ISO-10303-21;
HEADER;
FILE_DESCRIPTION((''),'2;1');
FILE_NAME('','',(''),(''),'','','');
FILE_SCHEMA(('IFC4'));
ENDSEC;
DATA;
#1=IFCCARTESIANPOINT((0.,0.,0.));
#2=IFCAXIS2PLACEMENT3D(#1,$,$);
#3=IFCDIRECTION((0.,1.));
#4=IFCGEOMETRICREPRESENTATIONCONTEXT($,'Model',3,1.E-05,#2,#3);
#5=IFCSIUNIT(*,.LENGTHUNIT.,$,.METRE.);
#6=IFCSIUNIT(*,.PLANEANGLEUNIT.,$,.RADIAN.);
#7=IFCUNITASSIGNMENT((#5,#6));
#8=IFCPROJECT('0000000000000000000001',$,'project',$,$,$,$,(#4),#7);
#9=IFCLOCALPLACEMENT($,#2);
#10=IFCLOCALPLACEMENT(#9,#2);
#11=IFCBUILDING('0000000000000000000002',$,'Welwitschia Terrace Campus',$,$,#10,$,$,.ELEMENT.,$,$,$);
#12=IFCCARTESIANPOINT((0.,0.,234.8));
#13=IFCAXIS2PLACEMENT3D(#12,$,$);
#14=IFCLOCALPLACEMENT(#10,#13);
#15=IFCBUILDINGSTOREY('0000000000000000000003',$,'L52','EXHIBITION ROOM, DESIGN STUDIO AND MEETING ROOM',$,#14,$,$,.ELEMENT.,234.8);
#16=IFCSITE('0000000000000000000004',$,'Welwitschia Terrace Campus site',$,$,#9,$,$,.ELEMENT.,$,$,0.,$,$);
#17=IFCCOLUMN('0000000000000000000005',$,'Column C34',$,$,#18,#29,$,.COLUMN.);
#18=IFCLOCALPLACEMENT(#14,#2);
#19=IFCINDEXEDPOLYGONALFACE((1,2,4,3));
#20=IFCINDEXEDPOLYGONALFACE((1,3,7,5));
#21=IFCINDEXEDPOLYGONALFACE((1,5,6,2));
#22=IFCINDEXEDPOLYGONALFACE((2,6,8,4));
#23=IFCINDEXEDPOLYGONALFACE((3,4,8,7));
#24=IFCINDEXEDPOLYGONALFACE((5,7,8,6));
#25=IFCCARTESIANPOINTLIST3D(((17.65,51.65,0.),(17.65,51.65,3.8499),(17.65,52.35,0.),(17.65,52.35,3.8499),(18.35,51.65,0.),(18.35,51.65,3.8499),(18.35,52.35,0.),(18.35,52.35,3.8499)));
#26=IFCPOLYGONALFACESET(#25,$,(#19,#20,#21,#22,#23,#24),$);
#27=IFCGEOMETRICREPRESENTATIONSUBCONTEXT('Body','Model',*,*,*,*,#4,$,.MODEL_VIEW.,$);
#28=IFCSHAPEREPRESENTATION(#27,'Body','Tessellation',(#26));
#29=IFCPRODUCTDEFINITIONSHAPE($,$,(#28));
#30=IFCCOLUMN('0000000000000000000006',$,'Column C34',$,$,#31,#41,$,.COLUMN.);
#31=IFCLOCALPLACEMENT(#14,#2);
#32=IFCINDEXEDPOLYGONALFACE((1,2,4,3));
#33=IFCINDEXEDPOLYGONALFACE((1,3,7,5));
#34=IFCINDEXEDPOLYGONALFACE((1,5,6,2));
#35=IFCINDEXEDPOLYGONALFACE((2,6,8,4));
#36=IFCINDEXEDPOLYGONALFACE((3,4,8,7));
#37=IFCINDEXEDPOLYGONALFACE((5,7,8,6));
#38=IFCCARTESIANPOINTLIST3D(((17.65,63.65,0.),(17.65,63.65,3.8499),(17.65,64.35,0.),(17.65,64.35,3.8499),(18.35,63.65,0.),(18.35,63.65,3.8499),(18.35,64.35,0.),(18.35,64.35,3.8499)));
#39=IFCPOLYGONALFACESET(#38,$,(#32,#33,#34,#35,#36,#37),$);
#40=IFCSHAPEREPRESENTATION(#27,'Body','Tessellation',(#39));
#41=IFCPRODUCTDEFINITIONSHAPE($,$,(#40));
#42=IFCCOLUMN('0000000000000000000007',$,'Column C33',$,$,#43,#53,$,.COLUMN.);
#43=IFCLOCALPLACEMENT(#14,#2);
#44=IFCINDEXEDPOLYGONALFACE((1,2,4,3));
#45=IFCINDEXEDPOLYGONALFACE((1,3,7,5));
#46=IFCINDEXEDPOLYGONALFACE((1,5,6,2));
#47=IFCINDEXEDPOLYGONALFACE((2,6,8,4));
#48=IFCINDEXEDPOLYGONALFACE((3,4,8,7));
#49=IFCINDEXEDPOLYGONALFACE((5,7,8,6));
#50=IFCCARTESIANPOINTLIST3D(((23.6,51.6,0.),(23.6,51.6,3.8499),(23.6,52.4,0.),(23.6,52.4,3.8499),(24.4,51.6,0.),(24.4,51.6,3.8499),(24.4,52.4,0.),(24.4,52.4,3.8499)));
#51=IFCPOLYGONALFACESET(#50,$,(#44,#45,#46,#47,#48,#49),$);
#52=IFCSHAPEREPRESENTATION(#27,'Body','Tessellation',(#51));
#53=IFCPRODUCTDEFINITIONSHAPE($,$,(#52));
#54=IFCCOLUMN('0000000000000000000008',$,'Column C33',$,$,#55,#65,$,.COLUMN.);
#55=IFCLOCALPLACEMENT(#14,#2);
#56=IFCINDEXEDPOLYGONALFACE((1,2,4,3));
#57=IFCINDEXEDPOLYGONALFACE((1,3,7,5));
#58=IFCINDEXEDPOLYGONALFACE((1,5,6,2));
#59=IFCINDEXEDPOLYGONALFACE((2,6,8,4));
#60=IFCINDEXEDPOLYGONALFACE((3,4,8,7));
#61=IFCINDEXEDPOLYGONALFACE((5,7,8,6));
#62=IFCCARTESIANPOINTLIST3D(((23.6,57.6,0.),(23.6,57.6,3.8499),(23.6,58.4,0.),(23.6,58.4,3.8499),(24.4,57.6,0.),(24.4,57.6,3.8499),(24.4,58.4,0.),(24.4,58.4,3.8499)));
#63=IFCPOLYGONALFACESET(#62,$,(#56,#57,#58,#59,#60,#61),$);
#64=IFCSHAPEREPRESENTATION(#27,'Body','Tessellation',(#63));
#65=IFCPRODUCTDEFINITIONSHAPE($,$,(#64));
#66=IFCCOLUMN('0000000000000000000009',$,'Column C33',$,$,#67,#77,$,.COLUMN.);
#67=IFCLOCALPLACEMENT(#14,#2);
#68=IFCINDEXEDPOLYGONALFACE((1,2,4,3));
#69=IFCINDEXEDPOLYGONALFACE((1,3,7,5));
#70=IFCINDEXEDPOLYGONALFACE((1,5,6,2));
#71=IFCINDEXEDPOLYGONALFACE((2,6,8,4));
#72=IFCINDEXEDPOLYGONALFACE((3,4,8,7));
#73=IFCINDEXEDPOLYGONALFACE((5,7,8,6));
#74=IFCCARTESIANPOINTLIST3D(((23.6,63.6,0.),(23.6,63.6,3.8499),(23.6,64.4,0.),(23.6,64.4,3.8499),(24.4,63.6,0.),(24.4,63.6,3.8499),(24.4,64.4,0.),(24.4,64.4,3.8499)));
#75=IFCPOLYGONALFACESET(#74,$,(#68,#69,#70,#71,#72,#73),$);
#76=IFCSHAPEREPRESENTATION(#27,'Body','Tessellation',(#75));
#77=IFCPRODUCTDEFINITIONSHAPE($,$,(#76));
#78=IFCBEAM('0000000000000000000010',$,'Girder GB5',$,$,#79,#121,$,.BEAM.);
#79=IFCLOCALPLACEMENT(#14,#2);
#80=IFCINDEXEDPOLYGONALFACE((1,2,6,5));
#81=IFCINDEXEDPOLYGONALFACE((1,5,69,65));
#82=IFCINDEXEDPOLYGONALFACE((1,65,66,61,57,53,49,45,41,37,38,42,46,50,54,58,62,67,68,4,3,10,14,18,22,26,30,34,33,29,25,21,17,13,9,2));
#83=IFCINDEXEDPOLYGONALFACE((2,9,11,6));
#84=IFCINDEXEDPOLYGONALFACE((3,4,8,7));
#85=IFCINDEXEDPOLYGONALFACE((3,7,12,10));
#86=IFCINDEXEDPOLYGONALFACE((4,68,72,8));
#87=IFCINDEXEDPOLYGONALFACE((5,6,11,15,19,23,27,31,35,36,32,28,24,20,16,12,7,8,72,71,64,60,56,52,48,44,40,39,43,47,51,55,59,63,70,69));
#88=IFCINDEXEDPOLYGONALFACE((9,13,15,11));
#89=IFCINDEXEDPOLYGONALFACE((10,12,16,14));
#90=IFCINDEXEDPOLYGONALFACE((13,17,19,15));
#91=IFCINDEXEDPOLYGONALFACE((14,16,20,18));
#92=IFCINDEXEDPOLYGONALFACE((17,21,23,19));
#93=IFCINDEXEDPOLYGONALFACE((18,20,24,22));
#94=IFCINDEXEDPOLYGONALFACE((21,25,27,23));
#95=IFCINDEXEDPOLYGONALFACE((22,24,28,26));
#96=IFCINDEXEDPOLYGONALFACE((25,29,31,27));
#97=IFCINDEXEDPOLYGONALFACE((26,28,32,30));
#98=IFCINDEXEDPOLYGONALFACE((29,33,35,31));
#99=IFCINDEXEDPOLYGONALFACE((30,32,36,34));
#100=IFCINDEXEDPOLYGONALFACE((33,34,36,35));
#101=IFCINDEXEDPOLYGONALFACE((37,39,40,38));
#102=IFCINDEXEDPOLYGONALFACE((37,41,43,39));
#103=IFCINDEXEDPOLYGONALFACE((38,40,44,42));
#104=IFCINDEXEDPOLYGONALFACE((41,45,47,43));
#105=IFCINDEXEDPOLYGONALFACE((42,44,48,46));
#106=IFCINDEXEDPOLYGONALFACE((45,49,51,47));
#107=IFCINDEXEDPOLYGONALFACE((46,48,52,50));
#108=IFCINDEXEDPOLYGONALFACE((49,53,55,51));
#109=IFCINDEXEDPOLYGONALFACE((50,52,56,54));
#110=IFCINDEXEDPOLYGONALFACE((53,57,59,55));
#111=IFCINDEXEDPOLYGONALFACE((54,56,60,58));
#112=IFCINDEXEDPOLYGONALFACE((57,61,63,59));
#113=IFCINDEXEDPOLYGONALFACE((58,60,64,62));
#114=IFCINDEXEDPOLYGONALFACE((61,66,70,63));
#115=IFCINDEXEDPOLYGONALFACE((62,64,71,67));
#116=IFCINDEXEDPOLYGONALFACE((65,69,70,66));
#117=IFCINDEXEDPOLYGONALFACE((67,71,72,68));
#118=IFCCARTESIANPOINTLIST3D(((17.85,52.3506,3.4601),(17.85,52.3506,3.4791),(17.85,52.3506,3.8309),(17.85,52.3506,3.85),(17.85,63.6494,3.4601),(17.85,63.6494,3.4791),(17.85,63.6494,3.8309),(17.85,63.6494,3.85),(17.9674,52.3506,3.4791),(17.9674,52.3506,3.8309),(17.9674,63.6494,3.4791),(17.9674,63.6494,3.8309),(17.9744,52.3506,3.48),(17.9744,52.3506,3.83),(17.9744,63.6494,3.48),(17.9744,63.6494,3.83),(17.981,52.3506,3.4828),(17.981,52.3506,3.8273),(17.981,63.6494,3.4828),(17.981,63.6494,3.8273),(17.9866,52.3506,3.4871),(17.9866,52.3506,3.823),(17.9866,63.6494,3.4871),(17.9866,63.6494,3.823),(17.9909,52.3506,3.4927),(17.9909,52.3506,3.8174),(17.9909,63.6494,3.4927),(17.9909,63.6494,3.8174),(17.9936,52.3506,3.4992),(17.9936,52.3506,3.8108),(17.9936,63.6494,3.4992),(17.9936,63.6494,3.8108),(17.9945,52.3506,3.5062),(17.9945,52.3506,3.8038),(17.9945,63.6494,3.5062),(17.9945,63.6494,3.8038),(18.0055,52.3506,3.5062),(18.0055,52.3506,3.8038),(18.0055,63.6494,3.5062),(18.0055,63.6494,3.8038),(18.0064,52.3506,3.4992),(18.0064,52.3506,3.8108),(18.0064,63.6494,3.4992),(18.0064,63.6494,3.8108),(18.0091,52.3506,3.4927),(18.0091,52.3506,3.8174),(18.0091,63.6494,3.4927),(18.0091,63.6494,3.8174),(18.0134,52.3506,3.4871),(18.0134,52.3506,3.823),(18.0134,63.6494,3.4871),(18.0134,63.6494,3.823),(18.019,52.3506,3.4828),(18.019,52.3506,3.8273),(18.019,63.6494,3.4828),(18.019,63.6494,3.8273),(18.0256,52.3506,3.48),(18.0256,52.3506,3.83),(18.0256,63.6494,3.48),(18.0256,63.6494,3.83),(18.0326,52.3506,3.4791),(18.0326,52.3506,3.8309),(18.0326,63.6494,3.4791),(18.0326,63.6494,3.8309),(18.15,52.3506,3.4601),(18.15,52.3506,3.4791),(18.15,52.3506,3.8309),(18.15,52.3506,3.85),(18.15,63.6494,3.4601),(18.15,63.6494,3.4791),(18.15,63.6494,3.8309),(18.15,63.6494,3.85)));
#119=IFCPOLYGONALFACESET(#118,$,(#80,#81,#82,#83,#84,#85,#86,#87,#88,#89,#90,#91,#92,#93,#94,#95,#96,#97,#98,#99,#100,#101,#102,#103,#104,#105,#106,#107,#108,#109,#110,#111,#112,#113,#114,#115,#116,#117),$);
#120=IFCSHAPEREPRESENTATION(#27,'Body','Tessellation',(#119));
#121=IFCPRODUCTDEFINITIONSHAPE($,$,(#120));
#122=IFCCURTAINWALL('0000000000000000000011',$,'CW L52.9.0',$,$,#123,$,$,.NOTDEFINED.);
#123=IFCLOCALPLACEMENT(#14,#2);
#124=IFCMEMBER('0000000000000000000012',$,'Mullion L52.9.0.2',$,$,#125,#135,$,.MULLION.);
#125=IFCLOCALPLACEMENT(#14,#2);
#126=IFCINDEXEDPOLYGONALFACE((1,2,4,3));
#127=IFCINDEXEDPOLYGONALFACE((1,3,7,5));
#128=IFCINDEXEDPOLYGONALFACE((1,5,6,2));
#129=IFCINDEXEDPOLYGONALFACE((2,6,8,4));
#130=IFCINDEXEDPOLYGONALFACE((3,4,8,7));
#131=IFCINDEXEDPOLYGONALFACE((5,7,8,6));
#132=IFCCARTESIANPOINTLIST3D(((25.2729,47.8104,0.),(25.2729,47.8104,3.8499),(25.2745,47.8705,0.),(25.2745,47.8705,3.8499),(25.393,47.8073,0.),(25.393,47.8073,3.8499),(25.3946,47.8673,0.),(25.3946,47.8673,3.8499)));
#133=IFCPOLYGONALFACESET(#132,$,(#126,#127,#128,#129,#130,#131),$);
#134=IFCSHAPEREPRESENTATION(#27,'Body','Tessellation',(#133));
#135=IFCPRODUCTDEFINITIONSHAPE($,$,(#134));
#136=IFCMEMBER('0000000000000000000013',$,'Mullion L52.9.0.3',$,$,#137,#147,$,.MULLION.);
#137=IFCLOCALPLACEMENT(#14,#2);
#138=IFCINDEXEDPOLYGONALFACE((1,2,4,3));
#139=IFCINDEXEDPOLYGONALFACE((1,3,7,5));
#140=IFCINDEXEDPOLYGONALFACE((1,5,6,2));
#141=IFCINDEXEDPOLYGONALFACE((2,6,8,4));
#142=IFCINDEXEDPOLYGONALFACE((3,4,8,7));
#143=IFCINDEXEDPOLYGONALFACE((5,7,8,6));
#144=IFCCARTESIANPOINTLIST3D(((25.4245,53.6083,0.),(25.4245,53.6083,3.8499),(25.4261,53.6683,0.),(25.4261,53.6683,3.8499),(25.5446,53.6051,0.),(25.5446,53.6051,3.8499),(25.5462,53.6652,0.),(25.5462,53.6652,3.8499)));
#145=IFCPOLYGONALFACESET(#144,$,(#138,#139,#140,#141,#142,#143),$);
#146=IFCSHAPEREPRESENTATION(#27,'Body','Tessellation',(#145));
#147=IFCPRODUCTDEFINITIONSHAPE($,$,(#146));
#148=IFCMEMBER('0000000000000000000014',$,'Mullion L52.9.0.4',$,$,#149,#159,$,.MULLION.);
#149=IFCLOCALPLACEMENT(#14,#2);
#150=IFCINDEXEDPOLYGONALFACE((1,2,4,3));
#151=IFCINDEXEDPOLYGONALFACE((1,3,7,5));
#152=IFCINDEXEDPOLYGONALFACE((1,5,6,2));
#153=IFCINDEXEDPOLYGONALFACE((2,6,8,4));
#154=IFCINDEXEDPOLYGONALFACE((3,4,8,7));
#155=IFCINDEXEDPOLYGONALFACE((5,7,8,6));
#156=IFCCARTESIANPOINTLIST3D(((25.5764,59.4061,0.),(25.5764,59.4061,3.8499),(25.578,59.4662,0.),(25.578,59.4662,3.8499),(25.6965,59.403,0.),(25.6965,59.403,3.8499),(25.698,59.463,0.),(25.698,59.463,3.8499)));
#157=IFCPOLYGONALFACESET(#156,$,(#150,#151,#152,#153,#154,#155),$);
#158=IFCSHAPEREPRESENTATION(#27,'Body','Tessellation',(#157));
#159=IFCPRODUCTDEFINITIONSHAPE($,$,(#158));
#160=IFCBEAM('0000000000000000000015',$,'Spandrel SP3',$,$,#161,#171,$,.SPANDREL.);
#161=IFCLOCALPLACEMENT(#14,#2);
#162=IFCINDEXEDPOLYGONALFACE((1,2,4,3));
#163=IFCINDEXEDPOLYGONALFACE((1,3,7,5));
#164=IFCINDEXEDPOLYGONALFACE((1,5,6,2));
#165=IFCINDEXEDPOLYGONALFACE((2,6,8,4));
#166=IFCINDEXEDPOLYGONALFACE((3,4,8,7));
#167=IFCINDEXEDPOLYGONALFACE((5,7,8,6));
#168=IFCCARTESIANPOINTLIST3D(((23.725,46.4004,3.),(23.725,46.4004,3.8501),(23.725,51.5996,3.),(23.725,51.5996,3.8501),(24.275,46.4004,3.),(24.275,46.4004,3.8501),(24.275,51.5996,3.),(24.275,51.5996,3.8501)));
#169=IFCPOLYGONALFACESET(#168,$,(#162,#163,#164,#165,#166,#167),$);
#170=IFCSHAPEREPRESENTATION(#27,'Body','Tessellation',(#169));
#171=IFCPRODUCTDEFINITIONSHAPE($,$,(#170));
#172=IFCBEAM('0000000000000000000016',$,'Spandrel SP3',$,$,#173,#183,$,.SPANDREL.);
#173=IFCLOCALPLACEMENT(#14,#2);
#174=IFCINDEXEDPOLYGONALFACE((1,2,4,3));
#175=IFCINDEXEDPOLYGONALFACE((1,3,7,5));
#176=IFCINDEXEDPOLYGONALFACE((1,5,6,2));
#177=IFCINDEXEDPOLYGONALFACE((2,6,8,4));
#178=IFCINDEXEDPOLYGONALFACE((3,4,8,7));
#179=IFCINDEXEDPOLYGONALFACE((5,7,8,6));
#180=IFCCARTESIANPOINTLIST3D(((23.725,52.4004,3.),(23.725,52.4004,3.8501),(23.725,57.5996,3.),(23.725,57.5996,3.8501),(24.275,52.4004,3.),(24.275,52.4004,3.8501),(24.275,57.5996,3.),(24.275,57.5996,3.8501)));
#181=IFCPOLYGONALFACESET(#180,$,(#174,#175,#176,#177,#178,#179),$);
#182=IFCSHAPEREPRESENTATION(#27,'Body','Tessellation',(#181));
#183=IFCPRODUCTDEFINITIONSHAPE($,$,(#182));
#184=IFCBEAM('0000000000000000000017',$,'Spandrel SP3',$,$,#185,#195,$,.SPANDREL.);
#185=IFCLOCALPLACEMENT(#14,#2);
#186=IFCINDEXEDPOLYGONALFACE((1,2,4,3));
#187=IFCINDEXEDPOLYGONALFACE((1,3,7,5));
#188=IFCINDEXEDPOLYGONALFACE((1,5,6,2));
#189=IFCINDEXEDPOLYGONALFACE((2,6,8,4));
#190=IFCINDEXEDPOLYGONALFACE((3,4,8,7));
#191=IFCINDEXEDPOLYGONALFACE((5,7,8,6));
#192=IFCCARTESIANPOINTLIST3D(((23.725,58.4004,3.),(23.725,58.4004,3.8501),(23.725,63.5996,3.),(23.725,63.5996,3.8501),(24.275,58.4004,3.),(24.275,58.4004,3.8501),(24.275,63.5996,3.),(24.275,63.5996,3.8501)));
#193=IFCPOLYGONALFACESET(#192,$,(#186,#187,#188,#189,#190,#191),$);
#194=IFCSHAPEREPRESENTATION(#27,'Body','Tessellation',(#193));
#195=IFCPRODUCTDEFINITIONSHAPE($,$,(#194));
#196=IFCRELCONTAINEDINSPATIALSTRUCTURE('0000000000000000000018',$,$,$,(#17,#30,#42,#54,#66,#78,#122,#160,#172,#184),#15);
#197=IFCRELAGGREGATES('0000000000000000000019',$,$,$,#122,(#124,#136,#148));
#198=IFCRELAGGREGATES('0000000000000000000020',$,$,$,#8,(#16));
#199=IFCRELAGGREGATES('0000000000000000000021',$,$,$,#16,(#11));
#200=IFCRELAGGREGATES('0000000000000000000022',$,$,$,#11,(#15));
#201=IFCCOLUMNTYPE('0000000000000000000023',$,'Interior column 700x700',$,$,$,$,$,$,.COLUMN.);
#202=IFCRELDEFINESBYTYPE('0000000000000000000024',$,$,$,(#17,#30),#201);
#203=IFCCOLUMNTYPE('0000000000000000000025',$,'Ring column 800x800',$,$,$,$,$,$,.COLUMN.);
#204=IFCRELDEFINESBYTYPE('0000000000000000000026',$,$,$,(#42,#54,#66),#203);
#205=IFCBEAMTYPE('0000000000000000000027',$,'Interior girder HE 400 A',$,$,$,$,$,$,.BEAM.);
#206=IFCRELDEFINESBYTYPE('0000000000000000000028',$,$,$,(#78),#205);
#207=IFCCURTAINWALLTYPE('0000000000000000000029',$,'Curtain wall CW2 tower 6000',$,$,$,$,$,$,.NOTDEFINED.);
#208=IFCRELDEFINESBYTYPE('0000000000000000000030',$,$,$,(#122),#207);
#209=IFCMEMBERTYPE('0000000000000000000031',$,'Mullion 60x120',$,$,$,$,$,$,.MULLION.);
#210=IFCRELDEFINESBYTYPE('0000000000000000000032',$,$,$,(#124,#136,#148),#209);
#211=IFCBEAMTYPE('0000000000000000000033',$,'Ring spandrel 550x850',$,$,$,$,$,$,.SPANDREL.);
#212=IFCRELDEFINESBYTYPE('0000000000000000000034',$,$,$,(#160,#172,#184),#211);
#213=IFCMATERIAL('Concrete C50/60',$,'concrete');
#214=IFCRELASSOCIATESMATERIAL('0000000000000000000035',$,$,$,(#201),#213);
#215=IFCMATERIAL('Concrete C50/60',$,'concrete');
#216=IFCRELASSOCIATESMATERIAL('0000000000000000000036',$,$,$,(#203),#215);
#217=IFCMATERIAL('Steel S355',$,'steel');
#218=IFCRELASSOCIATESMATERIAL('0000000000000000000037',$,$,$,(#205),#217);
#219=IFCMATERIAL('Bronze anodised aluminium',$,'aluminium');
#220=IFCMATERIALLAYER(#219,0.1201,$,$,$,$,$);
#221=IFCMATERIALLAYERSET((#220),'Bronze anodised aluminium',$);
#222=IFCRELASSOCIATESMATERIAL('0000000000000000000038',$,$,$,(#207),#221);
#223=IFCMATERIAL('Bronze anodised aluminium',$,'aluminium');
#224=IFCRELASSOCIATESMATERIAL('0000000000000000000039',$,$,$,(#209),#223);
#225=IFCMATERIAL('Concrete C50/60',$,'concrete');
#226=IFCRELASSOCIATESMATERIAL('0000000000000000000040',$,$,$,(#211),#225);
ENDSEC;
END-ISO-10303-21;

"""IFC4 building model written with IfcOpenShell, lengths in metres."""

from ifc_helpers import new_model, si_unit, direction, frame, origin, origin_2d, place, context, subcontext, project, spatial, rectangle, i_section, extrude, material, layer, layer_set, material_profile, profile_set, type_object, element, aggregate, save


model = new_model("IFC4")

# Units and contexts
model_context = context("Model", 3, precision=1e-05, world=origin(), true_north=direction((0.0, 1.0)))
body_context = subcontext(model_context, "Body", "Model", "MODEL_VIEW")
ifc_project = project(units=[si_unit("LENGTHUNIT", "METRE"), si_unit("PLANEANGLEUNIT", "RADIAN")], contexts=[model_context])

# Site, building, storey
site_placement = place(None, origin())
site = spatial("IfcSite", under=ifc_project, at=site_placement, Name="Welwitschia Terrace Campus site", CompositionType="ELEMENT", RefElevation=0.0)
building_placement = place(site_placement, origin())
building = spatial("IfcBuilding", under=site, at=building_placement, Name="Welwitschia Terrace Campus", CompositionType="ELEMENT")
storey_placement = place(building_placement, frame((0.0, 0.0, 234.8)))
storey = spatial("IfcBuildingStorey", under=building, at=storey_placement, Name="L52", Description="EXHIBITION ROOM, DESIGN STUDIO AND MEETING ROOM", CompositionType="ELEMENT", Elevation=234.8)

# Columns
ifc_material_1 = material(Name="Concrete C50/60", Category="concrete")
ifc_material_profile_1 = material_profile(ifc_material_1, rectangle(XDim=0.7, YDim=0.7, at=origin_2d()))
ifc_profile_set_1 = profile_set([ifc_material_profile_1], Name="Concrete C50/60")
column_type_1 = type_object("IfcColumnType", Name="Interior column 700x700", PredefinedType="COLUMN", material=ifc_profile_set_1)
for number, where, z_axis, x_axis, name in (
    (1, (18.0, 52.0, 0.0), (0.0, 0.0, 1.0), (1.0, 0.0, 0.0), "Column C34"),
    (2, (18.0, 64.0, 0.0), (0.0, 0.0, 1.0), (1.0, 0.0, 0.0), "Column C34"),
):
    element("IfcColumn", number, at=place(storey_placement, frame(where, z_axis=z_axis, x_axis=x_axis)), inside=storey, type_object=column_type_1, Name=name, PredefinedType="COLUMN", context=body_context, shape_type="SweptSolid", body=[
        extrude(rectangle(XDim=0.7, YDim=0.7, at=origin_2d()), origin(), (0.0, 0.0, 1.0), 3.8499),
    ])
ifc_material_2 = material(Name="Concrete C50/60", Category="concrete")
ifc_material_profile_2 = material_profile(ifc_material_2, rectangle(XDim=0.8, YDim=0.8, at=origin_2d()))
ifc_profile_set_2 = profile_set([ifc_material_profile_2], Name="Concrete C50/60")
column_type_2 = type_object("IfcColumnType", Name="Ring column 800x800", PredefinedType="COLUMN", material=ifc_profile_set_2)
for number, where, z_axis, x_axis, name in (
    (3, (24.0, 52.0, 0.0), (0.0, 0.0, 1.0), (1.0, 0.0, 0.0), "Column C33"),
    (4, (24.0, 58.0, 0.0), (0.0, 0.0, 1.0), (1.0, 0.0, 0.0), "Column C33"),
    (5, (24.0, 64.0, 0.0), (0.0, 0.0, 1.0), (1.0, 0.0, 0.0), "Column C33"),
):
    element("IfcColumn", number, at=place(storey_placement, frame(where, z_axis=z_axis, x_axis=x_axis)), inside=storey, type_object=column_type_2, Name=name, PredefinedType="COLUMN", context=body_context, shape_type="SweptSolid", body=[
        extrude(rectangle(XDim=0.8, YDim=0.8, at=origin_2d()), origin(), (0.0, 0.0, 1.0), 3.8499),
    ])

# Beam
ifc_material_3 = material(Name="Steel S355", Category="steel")
ifc_material_profile_3 = material_profile(ifc_material_3, i_section(OverallWidth=0.3, OverallDepth=0.3899, WebThickness=0.011, FlangeThickness=0.019, FilletRadius=0.0271, at=origin_2d()))
ifc_profile_set_3 = profile_set([ifc_material_profile_3], Name="Steel S355")
beam_type_1 = type_object("IfcBeamType", Name="Interior girder HE 400 A", PredefinedType="BEAM", material=ifc_profile_set_3)
beam_placement = place(storey_placement, frame((18.0, 52.3506, 3.655), z_axis=(0.0, 1.0, 0.0), x_axis=(-1.0, 0.0, 0.0)))
element("IfcBeam", 6, at=beam_placement, inside=storey, type_object=beam_type_1, Name="Girder GB5", PredefinedType="BEAM", context=body_context, shape_type="SweptSolid", body=[
    extrude(i_section(OverallWidth=0.3, OverallDepth=0.3899, WebThickness=0.011, FlangeThickness=0.019, FilletRadius=0.0271, at=origin_2d()), origin(), (0.0, 0.0, 1.0), 11.2988),
])

# Curtain wall, members
ifc_material_4 = material(Name="Bronze anodised aluminium", Category="aluminium")
ifc_layer_1 = layer(ifc_material_4, 0.1201)
ifc_layer_set_1 = layer_set([ifc_layer_1], Name="Bronze anodised aluminium")
curtain_wall_type = type_object("IfcCurtainWallType", Name="Curtain wall CW2 tower 6000", PredefinedType="NOTDEFINED", material=ifc_layer_set_1)
curtain_wall_placement = place(storey_placement, origin())
curtain_wall = element("IfcCurtainWall", 7, at=curtain_wall_placement, inside=storey, type_object=curtain_wall_type, Name="CW L52.9.0", PredefinedType="NOTDEFINED")
ifc_material_5 = material(Name="Bronze anodised aluminium", Category="aluminium")
ifc_material_profile_4 = material_profile(ifc_material_5, rectangle(XDim=0.1201, YDim=0.0601, at=origin_2d()))
ifc_profile_set_4 = profile_set([ifc_material_profile_4], Name="Bronze anodised aluminium")
member_type = type_object("IfcMemberType", Name="Mullion 60x120", PredefinedType="MULLION", material=ifc_profile_set_4)
member_1_placement = place(storey_placement, frame((25.3337, 47.8389, 0.0), z_axis=(0.0, 0.0, 1.0), x_axis=(-0.999657, 0.026177, 0.0)))
member_1 = element("IfcMember", 8, at=member_1_placement, type_object=member_type, Name="Mullion L52.9.0.2", PredefinedType="MULLION", context=body_context, shape_type="SweptSolid", body=[
    extrude(rectangle(XDim=0.1201, YDim=0.0601, at=origin_2d()), origin(), (0.0, 0.0, 1.0), 3.8499),
])
member_2_placement = place(storey_placement, frame((25.4854, 53.6367, 0.0), z_axis=(0.0, 0.0, 1.0), x_axis=(-0.999657, 0.026177, 0.0)))
member_2 = element("IfcMember", 9, at=member_2_placement, type_object=member_type, Name="Mullion L52.9.0.3", PredefinedType="MULLION", context=body_context, shape_type="SweptSolid", body=[
    extrude(rectangle(XDim=0.1201, YDim=0.0601, at=origin_2d()), origin(), (0.0, 0.0, 1.0), 3.8499),
])
member_3_placement = place(storey_placement, frame((25.6372, 59.4346, 0.0), z_axis=(0.0, 0.0, 1.0), x_axis=(-0.999657, 0.026177, 0.0)))
member_3 = element("IfcMember", 10, at=member_3_placement, type_object=member_type, Name="Mullion L52.9.0.4", PredefinedType="MULLION", context=body_context, shape_type="SweptSolid", body=[
    extrude(rectangle(XDim=0.1201, YDim=0.0601, at=origin_2d()), origin(), (0.0, 0.0, 1.0), 3.8499),
])

# Beams
ifc_material_6 = material(Name="Concrete C50/60", Category="concrete")
ifc_material_profile_5 = material_profile(ifc_material_6, rectangle(XDim=0.55, YDim=0.8501, at=origin_2d()))
ifc_profile_set_5 = profile_set([ifc_material_profile_5], Name="Concrete C50/60")
beam_type_2 = type_object("IfcBeamType", Name="Ring spandrel 550x850", PredefinedType="SPANDREL", material=ifc_profile_set_5)
for number, where, z_axis, x_axis, name in (
    (11, (24.0, 46.4004, 3.425), (0.0, 1.0, 0.0), (-1.0, 0.0, 0.0), "Spandrel SP3"),
    (12, (24.0, 52.4004, 3.425), (0.0, 1.0, 0.0), (-1.0, 0.0, 0.0), "Spandrel SP3"),
    (13, (24.0, 58.4004, 3.425), (0.0, 1.0, 0.0), (-1.0, 0.0, 0.0), "Spandrel SP3"),
):
    element("IfcBeam", number, at=place(storey_placement, frame(where, z_axis=z_axis, x_axis=x_axis)), inside=storey, type_object=beam_type_2, Name=name, PredefinedType="SPANDREL", context=body_context, shape_type="SweptSolid", body=[
        extrude(rectangle(XDim=0.55, YDim=0.8501, at=origin_2d()), origin(), (0.0, 0.0, 1.0), 5.1992),
    ])

aggregate(curtain_wall, [member_1, member_2, member_3])

save(model, "model.ifc")
